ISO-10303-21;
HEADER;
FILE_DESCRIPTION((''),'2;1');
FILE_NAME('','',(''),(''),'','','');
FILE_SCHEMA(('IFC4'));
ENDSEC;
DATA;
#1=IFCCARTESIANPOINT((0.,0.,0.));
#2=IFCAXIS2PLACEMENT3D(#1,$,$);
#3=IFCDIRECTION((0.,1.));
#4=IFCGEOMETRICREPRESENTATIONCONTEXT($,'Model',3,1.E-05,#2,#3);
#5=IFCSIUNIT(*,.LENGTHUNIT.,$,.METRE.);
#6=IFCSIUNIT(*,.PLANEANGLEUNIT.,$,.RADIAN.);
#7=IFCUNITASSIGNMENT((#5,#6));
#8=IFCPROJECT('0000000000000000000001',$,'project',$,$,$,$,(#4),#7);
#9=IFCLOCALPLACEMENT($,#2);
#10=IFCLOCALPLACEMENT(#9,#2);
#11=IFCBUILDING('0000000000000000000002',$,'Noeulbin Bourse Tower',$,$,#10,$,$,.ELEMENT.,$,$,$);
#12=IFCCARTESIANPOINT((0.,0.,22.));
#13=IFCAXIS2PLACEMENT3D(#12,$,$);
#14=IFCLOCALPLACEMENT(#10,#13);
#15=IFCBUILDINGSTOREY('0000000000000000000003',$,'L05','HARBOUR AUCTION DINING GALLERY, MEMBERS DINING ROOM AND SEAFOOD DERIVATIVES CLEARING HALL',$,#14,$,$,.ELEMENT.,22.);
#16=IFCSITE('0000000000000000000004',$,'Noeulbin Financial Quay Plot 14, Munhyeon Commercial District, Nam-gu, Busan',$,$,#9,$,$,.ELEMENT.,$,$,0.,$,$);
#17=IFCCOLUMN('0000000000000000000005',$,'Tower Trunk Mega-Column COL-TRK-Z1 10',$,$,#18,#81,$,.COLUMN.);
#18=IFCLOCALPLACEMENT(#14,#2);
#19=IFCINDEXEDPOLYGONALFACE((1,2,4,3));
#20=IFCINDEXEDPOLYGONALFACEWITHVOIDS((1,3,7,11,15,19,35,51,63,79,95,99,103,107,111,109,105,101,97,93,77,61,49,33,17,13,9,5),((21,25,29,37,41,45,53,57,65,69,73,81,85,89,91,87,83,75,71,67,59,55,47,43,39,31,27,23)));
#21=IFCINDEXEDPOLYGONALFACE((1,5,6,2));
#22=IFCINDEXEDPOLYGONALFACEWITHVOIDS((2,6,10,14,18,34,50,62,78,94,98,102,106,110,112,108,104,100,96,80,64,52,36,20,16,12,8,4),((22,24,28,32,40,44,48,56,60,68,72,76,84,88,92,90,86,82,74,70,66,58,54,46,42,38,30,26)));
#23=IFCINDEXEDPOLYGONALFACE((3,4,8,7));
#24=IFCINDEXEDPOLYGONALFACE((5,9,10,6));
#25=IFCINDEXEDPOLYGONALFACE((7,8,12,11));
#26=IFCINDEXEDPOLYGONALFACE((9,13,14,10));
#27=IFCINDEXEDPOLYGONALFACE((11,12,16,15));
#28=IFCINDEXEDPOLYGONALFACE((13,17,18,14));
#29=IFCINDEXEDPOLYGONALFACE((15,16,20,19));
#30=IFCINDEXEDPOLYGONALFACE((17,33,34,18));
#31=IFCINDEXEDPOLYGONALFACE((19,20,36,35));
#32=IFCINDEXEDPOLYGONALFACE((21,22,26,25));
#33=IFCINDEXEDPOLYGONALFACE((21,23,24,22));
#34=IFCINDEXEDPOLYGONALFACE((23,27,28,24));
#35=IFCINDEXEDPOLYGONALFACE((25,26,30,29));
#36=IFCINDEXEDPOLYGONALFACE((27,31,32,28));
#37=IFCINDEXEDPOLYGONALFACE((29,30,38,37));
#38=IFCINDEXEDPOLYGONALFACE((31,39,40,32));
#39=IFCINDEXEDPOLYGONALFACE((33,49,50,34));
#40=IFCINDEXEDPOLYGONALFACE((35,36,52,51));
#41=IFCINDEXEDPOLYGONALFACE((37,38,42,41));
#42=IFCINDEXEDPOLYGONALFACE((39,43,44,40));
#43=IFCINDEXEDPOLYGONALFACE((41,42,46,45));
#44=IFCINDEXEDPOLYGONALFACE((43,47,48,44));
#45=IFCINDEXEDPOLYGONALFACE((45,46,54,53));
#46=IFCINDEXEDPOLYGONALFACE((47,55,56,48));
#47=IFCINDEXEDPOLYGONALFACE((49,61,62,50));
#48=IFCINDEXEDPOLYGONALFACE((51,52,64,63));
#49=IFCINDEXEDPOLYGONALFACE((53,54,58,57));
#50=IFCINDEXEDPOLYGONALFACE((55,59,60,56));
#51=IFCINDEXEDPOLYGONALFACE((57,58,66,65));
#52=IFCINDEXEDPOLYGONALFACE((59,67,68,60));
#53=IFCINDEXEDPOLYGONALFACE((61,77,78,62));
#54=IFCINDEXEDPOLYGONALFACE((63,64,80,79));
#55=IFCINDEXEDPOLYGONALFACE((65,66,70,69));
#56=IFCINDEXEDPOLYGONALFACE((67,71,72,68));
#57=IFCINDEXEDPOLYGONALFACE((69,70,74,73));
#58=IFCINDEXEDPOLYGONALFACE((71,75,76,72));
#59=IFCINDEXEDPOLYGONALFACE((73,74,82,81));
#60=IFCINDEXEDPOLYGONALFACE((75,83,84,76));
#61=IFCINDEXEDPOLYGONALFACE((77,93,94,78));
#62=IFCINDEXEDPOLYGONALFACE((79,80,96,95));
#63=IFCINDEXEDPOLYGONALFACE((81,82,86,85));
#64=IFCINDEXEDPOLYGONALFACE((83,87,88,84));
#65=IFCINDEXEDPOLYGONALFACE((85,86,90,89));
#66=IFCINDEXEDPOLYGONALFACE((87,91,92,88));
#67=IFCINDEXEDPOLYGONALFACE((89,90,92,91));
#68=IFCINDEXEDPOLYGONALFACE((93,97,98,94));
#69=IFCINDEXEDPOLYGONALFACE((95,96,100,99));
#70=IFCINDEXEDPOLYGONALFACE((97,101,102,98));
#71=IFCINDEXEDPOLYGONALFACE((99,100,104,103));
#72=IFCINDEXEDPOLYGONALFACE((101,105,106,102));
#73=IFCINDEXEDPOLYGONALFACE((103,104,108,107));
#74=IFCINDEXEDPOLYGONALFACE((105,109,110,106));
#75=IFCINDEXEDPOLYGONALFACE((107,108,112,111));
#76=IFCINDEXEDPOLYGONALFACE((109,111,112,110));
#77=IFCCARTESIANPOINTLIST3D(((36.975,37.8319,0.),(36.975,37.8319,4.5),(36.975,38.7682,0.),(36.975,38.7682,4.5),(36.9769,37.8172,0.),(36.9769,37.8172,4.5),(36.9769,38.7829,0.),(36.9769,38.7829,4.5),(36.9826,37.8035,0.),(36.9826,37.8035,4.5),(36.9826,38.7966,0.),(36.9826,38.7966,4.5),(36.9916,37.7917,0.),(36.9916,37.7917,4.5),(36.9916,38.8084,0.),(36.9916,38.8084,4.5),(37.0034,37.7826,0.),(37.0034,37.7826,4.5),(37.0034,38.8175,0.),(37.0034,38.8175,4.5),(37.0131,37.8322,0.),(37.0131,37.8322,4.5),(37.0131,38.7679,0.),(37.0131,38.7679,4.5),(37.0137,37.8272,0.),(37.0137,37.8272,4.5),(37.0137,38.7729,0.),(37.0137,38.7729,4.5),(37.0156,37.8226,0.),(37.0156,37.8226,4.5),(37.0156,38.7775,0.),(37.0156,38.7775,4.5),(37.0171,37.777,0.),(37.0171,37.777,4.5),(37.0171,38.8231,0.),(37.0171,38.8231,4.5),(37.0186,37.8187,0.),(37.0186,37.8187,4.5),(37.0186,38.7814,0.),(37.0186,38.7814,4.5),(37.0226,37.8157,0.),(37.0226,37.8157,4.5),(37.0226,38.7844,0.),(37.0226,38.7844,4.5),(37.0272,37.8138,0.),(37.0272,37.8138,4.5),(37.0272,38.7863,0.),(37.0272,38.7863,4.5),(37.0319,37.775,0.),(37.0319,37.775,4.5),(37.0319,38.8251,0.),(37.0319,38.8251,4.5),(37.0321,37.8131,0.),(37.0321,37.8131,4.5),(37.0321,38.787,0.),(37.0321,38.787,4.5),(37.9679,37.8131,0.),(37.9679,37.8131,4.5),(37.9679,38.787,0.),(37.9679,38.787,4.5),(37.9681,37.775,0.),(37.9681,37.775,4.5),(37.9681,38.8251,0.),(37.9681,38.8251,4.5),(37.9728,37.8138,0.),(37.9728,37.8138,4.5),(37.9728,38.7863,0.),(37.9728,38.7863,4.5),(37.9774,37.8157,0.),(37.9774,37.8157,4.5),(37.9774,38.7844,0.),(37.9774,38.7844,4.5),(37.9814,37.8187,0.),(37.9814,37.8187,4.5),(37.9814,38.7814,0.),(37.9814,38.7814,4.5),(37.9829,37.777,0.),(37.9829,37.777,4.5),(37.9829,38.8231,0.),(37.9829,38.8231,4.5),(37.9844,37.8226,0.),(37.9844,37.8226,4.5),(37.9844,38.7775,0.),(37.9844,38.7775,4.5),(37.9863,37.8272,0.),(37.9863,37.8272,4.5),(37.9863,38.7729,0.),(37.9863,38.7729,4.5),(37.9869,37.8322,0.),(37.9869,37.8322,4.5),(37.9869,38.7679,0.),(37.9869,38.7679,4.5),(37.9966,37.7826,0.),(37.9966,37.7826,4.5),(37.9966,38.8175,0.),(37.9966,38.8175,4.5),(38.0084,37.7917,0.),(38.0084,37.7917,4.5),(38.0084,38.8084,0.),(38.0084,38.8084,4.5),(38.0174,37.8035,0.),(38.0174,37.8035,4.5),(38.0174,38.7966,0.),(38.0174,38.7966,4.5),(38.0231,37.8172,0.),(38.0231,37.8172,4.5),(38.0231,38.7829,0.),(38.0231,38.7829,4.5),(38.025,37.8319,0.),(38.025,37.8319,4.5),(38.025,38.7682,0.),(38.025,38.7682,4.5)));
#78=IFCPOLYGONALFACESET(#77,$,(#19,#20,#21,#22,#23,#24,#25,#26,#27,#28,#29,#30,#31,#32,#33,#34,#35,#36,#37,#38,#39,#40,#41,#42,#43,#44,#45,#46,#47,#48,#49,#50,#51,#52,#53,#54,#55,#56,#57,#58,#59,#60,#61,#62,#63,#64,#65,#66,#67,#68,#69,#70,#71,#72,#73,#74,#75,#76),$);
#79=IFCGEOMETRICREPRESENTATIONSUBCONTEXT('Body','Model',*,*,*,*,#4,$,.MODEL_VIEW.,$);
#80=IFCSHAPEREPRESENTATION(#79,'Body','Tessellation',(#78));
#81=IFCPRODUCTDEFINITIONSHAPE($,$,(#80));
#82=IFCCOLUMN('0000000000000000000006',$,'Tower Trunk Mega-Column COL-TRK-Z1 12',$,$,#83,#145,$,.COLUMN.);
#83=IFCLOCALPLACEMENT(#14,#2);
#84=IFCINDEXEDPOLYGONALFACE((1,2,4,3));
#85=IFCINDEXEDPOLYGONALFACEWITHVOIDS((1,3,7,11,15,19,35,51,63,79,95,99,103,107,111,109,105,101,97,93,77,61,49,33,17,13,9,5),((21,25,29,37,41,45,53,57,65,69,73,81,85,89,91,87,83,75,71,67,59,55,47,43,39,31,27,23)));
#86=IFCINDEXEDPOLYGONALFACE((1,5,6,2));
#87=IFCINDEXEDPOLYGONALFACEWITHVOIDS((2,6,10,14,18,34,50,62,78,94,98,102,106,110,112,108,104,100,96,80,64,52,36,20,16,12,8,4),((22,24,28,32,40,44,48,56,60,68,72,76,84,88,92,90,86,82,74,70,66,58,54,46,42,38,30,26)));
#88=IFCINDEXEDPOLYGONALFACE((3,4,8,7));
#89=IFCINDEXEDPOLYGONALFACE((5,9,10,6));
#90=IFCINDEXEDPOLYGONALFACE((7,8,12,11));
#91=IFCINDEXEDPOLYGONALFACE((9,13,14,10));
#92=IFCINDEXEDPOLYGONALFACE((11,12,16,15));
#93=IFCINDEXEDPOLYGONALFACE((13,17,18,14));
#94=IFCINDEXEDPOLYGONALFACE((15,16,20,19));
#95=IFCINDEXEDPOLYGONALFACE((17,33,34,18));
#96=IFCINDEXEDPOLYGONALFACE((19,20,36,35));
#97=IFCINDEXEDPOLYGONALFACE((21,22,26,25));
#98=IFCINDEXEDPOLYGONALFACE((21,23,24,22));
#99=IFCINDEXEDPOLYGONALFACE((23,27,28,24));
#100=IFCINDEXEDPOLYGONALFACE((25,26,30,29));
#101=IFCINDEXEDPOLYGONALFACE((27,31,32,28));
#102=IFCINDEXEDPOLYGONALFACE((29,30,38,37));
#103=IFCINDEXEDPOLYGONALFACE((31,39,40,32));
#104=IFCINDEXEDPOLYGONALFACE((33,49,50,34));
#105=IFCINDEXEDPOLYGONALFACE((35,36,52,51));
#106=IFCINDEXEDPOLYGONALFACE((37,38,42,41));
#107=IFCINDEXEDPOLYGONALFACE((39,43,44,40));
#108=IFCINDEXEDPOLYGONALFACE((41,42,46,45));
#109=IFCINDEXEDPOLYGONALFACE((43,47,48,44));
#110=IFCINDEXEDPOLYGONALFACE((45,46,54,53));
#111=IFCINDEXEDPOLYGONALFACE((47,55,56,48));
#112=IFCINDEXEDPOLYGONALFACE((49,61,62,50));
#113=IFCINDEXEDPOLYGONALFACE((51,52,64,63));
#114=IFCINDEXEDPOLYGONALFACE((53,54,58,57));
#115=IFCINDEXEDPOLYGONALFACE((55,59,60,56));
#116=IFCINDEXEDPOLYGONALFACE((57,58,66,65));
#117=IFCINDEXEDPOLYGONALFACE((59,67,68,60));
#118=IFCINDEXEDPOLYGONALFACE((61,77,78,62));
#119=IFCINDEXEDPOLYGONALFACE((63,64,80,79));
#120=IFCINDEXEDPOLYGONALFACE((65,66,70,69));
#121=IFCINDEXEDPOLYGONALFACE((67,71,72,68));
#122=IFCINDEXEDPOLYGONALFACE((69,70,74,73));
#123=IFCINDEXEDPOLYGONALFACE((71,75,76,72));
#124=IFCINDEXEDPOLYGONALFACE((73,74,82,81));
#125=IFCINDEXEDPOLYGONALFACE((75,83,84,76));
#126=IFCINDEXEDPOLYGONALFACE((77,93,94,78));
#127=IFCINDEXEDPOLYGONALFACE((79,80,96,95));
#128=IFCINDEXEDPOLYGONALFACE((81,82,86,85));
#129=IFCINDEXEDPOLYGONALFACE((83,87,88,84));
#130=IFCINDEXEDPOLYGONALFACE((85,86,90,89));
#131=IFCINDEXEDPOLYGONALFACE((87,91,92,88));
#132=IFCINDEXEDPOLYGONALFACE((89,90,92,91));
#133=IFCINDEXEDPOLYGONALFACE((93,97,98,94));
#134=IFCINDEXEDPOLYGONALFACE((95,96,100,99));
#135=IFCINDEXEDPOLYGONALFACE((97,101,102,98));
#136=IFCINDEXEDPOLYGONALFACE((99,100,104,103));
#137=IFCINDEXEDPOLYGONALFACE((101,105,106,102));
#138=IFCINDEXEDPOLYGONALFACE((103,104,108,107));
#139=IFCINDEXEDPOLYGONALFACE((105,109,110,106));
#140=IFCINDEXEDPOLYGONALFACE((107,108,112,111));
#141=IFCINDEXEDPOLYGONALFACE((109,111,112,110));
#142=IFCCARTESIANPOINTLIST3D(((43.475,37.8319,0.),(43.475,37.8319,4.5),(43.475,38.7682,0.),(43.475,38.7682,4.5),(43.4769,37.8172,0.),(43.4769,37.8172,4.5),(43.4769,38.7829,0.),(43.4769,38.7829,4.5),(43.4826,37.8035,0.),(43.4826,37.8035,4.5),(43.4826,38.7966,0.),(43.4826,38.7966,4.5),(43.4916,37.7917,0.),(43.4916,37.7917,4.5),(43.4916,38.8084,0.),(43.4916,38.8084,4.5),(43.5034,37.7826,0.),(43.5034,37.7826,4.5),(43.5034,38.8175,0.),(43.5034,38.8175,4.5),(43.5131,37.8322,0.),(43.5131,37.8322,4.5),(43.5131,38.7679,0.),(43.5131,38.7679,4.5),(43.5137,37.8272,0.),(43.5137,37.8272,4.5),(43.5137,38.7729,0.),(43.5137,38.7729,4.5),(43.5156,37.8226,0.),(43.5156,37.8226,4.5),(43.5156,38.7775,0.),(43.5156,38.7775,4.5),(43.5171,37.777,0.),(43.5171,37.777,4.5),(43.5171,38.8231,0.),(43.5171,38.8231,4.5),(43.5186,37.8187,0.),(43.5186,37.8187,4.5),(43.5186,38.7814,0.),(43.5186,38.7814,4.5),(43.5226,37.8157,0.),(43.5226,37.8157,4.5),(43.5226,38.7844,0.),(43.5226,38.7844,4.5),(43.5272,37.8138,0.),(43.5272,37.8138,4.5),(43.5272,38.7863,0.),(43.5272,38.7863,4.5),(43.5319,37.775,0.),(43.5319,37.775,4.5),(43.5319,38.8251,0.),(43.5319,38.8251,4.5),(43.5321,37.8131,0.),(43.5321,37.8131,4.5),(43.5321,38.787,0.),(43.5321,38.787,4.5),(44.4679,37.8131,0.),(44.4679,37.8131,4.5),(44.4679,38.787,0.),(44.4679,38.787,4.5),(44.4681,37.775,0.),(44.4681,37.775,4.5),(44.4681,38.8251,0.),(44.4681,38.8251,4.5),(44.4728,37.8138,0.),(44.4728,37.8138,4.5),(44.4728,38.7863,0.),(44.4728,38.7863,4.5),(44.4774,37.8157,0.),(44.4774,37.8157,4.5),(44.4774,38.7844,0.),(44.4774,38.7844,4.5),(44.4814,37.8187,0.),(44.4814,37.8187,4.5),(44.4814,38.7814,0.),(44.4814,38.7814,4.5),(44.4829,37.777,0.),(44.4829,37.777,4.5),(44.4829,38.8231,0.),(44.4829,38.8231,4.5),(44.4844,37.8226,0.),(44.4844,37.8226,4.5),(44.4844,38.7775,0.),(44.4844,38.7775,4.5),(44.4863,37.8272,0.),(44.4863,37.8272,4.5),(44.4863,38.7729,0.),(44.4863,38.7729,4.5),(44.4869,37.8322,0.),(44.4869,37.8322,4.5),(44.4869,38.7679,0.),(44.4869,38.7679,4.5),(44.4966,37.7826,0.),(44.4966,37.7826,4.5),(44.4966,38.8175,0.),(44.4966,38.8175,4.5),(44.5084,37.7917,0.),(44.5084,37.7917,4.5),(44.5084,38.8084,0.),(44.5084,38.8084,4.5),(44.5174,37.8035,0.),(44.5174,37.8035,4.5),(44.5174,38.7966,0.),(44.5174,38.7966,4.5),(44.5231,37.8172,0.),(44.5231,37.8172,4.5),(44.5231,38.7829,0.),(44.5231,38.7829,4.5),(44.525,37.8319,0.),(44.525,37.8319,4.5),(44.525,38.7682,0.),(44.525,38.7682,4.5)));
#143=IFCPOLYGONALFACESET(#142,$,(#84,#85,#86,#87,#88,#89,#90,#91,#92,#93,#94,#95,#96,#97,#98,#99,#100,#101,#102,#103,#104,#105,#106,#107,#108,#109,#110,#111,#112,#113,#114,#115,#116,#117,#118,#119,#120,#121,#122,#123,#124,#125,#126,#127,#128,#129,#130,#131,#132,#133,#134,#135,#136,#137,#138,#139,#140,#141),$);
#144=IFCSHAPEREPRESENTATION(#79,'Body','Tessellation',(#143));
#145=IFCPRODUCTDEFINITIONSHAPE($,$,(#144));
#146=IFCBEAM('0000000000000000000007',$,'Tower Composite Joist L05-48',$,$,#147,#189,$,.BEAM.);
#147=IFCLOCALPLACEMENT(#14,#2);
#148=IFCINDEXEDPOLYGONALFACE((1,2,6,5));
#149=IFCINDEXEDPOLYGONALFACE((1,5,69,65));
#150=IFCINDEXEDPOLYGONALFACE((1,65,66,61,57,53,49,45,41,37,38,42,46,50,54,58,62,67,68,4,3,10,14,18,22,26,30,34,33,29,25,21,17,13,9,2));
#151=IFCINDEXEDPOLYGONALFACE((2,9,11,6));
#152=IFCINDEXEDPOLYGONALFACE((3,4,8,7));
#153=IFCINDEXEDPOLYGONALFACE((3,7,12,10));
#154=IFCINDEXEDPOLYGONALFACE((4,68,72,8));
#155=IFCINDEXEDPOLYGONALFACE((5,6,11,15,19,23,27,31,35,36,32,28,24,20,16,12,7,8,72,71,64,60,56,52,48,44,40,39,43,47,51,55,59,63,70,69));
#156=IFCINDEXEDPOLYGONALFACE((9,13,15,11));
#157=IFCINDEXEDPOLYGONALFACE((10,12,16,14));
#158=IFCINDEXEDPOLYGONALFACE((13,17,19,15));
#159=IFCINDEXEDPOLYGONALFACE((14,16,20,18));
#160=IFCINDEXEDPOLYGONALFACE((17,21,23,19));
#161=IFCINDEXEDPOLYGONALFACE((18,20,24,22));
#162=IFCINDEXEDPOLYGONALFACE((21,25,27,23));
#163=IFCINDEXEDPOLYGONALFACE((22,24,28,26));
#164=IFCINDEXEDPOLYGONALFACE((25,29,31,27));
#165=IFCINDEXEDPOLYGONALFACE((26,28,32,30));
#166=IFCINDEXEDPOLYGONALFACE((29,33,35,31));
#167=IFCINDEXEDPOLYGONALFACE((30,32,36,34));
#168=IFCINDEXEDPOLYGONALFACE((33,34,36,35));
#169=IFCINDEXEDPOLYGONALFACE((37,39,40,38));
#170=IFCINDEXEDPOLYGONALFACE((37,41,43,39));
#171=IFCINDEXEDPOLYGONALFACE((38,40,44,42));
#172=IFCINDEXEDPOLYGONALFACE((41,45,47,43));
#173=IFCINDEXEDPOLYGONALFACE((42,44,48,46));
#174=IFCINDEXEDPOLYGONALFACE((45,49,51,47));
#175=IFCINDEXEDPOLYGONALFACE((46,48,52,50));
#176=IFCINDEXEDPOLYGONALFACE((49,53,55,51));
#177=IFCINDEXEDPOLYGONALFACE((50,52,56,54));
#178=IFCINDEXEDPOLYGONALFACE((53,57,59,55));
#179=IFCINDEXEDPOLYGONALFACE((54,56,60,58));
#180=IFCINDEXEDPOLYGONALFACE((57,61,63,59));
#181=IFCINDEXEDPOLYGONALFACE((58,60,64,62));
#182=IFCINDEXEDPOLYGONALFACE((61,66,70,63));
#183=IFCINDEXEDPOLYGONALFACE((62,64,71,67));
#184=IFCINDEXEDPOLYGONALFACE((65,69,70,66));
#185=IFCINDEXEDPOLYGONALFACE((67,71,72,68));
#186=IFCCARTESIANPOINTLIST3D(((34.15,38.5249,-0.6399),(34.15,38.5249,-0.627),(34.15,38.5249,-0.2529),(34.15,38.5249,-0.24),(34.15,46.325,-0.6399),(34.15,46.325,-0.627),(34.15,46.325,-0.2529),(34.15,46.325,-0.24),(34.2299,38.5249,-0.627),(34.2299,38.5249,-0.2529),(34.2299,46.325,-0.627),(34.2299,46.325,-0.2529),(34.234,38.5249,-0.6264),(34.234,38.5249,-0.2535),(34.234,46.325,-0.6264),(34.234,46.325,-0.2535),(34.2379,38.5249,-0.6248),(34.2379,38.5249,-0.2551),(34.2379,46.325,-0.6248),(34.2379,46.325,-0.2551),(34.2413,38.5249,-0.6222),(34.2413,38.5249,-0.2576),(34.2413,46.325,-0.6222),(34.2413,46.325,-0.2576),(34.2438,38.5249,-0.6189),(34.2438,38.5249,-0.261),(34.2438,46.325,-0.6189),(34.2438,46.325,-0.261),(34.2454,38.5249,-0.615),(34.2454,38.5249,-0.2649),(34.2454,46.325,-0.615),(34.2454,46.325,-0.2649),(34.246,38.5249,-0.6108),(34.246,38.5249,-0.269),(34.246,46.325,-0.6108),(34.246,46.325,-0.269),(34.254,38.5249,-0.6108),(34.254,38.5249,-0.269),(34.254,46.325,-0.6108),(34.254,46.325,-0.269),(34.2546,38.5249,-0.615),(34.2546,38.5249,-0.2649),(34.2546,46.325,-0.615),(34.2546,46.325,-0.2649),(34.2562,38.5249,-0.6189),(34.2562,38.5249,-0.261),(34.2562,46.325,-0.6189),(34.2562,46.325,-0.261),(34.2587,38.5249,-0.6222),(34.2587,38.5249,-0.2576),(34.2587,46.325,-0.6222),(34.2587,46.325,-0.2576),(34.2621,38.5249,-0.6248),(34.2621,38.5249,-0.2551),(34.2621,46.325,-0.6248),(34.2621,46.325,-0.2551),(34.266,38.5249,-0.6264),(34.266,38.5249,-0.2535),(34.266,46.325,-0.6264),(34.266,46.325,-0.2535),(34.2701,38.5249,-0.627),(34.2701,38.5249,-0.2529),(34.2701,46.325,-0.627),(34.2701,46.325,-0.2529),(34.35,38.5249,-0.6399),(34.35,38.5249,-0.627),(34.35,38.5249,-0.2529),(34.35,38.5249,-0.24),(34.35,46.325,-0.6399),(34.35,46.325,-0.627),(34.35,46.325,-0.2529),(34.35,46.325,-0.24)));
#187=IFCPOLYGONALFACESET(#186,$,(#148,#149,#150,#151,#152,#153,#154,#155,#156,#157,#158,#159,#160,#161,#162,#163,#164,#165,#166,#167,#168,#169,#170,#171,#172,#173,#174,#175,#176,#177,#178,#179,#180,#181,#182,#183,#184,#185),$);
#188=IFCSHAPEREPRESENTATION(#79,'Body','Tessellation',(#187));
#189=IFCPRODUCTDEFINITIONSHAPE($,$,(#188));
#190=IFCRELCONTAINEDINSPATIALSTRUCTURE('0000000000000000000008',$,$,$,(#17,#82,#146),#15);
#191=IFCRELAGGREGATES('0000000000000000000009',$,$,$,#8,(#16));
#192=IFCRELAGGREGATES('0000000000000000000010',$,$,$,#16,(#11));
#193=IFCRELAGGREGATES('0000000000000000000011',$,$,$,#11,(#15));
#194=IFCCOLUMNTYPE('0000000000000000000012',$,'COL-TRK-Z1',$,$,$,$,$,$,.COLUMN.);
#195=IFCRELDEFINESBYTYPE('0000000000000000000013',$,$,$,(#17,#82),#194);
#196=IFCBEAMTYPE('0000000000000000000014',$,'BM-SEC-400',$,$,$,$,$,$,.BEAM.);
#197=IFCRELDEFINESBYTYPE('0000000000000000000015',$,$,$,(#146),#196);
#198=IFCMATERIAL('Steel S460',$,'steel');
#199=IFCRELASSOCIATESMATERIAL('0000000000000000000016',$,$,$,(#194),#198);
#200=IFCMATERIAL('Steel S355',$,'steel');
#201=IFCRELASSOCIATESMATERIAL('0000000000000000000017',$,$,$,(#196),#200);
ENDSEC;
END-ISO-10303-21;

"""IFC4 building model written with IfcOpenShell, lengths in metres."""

from ifc_helpers import new_model, si_unit, direction, frame, origin, origin_2d, place, context, subcontext, project, spatial, hollow_rectangle, i_section, extrude, material, material_profile, profile_set, type_object, element, save


model = new_model("IFC4")

# Units and contexts
model_context = context("Model", 3, precision=1e-05, world=origin(), true_north=direction((0.0, 1.0)))
body_context = subcontext(model_context, "Body", "Model", "MODEL_VIEW")
ifc_project = project(units=[si_unit("LENGTHUNIT", "METRE"), si_unit("PLANEANGLEUNIT", "RADIAN")], contexts=[model_context])

# Site, building, storey
site_placement = place(None, origin())
site = spatial("IfcSite", under=ifc_project, at=site_placement, Name="Noeulbin Financial Quay Plot 14, Munhyeon Commercial District, Nam-gu, Busan", CompositionType="ELEMENT", RefElevation=0.0)
building_placement = place(site_placement, origin())
building = spatial("IfcBuilding", under=site, at=building_placement, Name="Noeulbin Bourse Tower", CompositionType="ELEMENT")
storey_placement = place(building_placement, frame((0.0, 0.0, 22.0)))
storey = spatial("IfcBuildingStorey", under=building, at=storey_placement, Name="L05", Description="HARBOUR AUCTION DINING GALLERY, MEMBERS DINING ROOM AND SEAFOOD DERIVATIVES CLEARING HALL", CompositionType="ELEMENT", Elevation=22.0)

# Columns
ifc_material_1 = material(Name="Steel S460", Category="steel")
ifc_material_profile_1 = material_profile(ifc_material_1, hollow_rectangle(XDim=1.05, YDim=1.05, WallThickness=0.0381, InnerFilletRadius=0.019, OuterFilletRadius=0.0569, at=origin_2d()), Name="BOX-1050x1050x38", Category="LoadBearing")
ifc_profile_set_1 = profile_set([ifc_material_profile_1], Name="Steel S460")
column_type_1 = type_object("IfcColumnType", Name="COL-TRK-Z1", PredefinedType="COLUMN", material=ifc_profile_set_1)
for number, where, z_axis, x_axis, name in (
    (1, (37.5, 38.3, 0.0), (0.0, 0.0, 1.0), (1.0, 0.0, 0.0), "Tower Trunk Mega-Column COL-TRK-Z1 10"),
    (2, (44.0, 38.3, 0.0), (0.0, 0.0, 1.0), (1.0, 0.0, 0.0), "Tower Trunk Mega-Column COL-TRK-Z1 12"),
):
    element("IfcColumn", number, at=place(storey_placement, frame(where, z_axis=z_axis, x_axis=x_axis)), inside=storey, type_object=column_type_1, Name=name, PredefinedType="COLUMN", context=body_context, shape_type="SweptSolid", body=[
        extrude(hollow_rectangle(XDim=1.05, YDim=1.05, WallThickness=0.0381, InnerFilletRadius=0.019, OuterFilletRadius=0.0569, at=origin_2d()), origin(), (0.0, 0.0, 1.0), 4.5),
    ])

# Beam
ifc_material_2 = material(Name="Steel S355", Category="steel")
ifc_material_profile_2 = material_profile(ifc_material_2, i_section(OverallWidth=0.2, OverallDepth=0.3999, WebThickness=0.0081, FlangeThickness=0.0129, FilletRadius=0.0161, at=origin_2d()), Name="H-400x200x8x13", Category="LoadBearing")
ifc_profile_set_2 = profile_set([ifc_material_profile_2], Name="Steel S355")
beam_type_1 = type_object("IfcBeamType", Name="BM-SEC-400", PredefinedType="BEAM", material=ifc_profile_set_2)
for number, where, z_axis, x_axis, name in (
    (3, (34.25, 38.5249, -0.4399), (0.0, 1.0, 0.0), (-1.0, 0.0, 0.0), "Tower Composite Joist L05-48"),
):
    element("IfcBeam", number, at=place(storey_placement, frame(where, z_axis=z_axis, x_axis=x_axis)), inside=storey, type_object=beam_type_1, Name=name, PredefinedType="BEAM", context=body_context, shape_type="SweptSolid", body=[
        extrude(i_section(OverallWidth=0.2, OverallDepth=0.3999, WebThickness=0.0081, FlangeThickness=0.0129, FilletRadius=0.0161, at=origin_2d()), origin(), (0.0, 0.0, 1.0), 7.8),
    ])

save(model, "model.ifc")
